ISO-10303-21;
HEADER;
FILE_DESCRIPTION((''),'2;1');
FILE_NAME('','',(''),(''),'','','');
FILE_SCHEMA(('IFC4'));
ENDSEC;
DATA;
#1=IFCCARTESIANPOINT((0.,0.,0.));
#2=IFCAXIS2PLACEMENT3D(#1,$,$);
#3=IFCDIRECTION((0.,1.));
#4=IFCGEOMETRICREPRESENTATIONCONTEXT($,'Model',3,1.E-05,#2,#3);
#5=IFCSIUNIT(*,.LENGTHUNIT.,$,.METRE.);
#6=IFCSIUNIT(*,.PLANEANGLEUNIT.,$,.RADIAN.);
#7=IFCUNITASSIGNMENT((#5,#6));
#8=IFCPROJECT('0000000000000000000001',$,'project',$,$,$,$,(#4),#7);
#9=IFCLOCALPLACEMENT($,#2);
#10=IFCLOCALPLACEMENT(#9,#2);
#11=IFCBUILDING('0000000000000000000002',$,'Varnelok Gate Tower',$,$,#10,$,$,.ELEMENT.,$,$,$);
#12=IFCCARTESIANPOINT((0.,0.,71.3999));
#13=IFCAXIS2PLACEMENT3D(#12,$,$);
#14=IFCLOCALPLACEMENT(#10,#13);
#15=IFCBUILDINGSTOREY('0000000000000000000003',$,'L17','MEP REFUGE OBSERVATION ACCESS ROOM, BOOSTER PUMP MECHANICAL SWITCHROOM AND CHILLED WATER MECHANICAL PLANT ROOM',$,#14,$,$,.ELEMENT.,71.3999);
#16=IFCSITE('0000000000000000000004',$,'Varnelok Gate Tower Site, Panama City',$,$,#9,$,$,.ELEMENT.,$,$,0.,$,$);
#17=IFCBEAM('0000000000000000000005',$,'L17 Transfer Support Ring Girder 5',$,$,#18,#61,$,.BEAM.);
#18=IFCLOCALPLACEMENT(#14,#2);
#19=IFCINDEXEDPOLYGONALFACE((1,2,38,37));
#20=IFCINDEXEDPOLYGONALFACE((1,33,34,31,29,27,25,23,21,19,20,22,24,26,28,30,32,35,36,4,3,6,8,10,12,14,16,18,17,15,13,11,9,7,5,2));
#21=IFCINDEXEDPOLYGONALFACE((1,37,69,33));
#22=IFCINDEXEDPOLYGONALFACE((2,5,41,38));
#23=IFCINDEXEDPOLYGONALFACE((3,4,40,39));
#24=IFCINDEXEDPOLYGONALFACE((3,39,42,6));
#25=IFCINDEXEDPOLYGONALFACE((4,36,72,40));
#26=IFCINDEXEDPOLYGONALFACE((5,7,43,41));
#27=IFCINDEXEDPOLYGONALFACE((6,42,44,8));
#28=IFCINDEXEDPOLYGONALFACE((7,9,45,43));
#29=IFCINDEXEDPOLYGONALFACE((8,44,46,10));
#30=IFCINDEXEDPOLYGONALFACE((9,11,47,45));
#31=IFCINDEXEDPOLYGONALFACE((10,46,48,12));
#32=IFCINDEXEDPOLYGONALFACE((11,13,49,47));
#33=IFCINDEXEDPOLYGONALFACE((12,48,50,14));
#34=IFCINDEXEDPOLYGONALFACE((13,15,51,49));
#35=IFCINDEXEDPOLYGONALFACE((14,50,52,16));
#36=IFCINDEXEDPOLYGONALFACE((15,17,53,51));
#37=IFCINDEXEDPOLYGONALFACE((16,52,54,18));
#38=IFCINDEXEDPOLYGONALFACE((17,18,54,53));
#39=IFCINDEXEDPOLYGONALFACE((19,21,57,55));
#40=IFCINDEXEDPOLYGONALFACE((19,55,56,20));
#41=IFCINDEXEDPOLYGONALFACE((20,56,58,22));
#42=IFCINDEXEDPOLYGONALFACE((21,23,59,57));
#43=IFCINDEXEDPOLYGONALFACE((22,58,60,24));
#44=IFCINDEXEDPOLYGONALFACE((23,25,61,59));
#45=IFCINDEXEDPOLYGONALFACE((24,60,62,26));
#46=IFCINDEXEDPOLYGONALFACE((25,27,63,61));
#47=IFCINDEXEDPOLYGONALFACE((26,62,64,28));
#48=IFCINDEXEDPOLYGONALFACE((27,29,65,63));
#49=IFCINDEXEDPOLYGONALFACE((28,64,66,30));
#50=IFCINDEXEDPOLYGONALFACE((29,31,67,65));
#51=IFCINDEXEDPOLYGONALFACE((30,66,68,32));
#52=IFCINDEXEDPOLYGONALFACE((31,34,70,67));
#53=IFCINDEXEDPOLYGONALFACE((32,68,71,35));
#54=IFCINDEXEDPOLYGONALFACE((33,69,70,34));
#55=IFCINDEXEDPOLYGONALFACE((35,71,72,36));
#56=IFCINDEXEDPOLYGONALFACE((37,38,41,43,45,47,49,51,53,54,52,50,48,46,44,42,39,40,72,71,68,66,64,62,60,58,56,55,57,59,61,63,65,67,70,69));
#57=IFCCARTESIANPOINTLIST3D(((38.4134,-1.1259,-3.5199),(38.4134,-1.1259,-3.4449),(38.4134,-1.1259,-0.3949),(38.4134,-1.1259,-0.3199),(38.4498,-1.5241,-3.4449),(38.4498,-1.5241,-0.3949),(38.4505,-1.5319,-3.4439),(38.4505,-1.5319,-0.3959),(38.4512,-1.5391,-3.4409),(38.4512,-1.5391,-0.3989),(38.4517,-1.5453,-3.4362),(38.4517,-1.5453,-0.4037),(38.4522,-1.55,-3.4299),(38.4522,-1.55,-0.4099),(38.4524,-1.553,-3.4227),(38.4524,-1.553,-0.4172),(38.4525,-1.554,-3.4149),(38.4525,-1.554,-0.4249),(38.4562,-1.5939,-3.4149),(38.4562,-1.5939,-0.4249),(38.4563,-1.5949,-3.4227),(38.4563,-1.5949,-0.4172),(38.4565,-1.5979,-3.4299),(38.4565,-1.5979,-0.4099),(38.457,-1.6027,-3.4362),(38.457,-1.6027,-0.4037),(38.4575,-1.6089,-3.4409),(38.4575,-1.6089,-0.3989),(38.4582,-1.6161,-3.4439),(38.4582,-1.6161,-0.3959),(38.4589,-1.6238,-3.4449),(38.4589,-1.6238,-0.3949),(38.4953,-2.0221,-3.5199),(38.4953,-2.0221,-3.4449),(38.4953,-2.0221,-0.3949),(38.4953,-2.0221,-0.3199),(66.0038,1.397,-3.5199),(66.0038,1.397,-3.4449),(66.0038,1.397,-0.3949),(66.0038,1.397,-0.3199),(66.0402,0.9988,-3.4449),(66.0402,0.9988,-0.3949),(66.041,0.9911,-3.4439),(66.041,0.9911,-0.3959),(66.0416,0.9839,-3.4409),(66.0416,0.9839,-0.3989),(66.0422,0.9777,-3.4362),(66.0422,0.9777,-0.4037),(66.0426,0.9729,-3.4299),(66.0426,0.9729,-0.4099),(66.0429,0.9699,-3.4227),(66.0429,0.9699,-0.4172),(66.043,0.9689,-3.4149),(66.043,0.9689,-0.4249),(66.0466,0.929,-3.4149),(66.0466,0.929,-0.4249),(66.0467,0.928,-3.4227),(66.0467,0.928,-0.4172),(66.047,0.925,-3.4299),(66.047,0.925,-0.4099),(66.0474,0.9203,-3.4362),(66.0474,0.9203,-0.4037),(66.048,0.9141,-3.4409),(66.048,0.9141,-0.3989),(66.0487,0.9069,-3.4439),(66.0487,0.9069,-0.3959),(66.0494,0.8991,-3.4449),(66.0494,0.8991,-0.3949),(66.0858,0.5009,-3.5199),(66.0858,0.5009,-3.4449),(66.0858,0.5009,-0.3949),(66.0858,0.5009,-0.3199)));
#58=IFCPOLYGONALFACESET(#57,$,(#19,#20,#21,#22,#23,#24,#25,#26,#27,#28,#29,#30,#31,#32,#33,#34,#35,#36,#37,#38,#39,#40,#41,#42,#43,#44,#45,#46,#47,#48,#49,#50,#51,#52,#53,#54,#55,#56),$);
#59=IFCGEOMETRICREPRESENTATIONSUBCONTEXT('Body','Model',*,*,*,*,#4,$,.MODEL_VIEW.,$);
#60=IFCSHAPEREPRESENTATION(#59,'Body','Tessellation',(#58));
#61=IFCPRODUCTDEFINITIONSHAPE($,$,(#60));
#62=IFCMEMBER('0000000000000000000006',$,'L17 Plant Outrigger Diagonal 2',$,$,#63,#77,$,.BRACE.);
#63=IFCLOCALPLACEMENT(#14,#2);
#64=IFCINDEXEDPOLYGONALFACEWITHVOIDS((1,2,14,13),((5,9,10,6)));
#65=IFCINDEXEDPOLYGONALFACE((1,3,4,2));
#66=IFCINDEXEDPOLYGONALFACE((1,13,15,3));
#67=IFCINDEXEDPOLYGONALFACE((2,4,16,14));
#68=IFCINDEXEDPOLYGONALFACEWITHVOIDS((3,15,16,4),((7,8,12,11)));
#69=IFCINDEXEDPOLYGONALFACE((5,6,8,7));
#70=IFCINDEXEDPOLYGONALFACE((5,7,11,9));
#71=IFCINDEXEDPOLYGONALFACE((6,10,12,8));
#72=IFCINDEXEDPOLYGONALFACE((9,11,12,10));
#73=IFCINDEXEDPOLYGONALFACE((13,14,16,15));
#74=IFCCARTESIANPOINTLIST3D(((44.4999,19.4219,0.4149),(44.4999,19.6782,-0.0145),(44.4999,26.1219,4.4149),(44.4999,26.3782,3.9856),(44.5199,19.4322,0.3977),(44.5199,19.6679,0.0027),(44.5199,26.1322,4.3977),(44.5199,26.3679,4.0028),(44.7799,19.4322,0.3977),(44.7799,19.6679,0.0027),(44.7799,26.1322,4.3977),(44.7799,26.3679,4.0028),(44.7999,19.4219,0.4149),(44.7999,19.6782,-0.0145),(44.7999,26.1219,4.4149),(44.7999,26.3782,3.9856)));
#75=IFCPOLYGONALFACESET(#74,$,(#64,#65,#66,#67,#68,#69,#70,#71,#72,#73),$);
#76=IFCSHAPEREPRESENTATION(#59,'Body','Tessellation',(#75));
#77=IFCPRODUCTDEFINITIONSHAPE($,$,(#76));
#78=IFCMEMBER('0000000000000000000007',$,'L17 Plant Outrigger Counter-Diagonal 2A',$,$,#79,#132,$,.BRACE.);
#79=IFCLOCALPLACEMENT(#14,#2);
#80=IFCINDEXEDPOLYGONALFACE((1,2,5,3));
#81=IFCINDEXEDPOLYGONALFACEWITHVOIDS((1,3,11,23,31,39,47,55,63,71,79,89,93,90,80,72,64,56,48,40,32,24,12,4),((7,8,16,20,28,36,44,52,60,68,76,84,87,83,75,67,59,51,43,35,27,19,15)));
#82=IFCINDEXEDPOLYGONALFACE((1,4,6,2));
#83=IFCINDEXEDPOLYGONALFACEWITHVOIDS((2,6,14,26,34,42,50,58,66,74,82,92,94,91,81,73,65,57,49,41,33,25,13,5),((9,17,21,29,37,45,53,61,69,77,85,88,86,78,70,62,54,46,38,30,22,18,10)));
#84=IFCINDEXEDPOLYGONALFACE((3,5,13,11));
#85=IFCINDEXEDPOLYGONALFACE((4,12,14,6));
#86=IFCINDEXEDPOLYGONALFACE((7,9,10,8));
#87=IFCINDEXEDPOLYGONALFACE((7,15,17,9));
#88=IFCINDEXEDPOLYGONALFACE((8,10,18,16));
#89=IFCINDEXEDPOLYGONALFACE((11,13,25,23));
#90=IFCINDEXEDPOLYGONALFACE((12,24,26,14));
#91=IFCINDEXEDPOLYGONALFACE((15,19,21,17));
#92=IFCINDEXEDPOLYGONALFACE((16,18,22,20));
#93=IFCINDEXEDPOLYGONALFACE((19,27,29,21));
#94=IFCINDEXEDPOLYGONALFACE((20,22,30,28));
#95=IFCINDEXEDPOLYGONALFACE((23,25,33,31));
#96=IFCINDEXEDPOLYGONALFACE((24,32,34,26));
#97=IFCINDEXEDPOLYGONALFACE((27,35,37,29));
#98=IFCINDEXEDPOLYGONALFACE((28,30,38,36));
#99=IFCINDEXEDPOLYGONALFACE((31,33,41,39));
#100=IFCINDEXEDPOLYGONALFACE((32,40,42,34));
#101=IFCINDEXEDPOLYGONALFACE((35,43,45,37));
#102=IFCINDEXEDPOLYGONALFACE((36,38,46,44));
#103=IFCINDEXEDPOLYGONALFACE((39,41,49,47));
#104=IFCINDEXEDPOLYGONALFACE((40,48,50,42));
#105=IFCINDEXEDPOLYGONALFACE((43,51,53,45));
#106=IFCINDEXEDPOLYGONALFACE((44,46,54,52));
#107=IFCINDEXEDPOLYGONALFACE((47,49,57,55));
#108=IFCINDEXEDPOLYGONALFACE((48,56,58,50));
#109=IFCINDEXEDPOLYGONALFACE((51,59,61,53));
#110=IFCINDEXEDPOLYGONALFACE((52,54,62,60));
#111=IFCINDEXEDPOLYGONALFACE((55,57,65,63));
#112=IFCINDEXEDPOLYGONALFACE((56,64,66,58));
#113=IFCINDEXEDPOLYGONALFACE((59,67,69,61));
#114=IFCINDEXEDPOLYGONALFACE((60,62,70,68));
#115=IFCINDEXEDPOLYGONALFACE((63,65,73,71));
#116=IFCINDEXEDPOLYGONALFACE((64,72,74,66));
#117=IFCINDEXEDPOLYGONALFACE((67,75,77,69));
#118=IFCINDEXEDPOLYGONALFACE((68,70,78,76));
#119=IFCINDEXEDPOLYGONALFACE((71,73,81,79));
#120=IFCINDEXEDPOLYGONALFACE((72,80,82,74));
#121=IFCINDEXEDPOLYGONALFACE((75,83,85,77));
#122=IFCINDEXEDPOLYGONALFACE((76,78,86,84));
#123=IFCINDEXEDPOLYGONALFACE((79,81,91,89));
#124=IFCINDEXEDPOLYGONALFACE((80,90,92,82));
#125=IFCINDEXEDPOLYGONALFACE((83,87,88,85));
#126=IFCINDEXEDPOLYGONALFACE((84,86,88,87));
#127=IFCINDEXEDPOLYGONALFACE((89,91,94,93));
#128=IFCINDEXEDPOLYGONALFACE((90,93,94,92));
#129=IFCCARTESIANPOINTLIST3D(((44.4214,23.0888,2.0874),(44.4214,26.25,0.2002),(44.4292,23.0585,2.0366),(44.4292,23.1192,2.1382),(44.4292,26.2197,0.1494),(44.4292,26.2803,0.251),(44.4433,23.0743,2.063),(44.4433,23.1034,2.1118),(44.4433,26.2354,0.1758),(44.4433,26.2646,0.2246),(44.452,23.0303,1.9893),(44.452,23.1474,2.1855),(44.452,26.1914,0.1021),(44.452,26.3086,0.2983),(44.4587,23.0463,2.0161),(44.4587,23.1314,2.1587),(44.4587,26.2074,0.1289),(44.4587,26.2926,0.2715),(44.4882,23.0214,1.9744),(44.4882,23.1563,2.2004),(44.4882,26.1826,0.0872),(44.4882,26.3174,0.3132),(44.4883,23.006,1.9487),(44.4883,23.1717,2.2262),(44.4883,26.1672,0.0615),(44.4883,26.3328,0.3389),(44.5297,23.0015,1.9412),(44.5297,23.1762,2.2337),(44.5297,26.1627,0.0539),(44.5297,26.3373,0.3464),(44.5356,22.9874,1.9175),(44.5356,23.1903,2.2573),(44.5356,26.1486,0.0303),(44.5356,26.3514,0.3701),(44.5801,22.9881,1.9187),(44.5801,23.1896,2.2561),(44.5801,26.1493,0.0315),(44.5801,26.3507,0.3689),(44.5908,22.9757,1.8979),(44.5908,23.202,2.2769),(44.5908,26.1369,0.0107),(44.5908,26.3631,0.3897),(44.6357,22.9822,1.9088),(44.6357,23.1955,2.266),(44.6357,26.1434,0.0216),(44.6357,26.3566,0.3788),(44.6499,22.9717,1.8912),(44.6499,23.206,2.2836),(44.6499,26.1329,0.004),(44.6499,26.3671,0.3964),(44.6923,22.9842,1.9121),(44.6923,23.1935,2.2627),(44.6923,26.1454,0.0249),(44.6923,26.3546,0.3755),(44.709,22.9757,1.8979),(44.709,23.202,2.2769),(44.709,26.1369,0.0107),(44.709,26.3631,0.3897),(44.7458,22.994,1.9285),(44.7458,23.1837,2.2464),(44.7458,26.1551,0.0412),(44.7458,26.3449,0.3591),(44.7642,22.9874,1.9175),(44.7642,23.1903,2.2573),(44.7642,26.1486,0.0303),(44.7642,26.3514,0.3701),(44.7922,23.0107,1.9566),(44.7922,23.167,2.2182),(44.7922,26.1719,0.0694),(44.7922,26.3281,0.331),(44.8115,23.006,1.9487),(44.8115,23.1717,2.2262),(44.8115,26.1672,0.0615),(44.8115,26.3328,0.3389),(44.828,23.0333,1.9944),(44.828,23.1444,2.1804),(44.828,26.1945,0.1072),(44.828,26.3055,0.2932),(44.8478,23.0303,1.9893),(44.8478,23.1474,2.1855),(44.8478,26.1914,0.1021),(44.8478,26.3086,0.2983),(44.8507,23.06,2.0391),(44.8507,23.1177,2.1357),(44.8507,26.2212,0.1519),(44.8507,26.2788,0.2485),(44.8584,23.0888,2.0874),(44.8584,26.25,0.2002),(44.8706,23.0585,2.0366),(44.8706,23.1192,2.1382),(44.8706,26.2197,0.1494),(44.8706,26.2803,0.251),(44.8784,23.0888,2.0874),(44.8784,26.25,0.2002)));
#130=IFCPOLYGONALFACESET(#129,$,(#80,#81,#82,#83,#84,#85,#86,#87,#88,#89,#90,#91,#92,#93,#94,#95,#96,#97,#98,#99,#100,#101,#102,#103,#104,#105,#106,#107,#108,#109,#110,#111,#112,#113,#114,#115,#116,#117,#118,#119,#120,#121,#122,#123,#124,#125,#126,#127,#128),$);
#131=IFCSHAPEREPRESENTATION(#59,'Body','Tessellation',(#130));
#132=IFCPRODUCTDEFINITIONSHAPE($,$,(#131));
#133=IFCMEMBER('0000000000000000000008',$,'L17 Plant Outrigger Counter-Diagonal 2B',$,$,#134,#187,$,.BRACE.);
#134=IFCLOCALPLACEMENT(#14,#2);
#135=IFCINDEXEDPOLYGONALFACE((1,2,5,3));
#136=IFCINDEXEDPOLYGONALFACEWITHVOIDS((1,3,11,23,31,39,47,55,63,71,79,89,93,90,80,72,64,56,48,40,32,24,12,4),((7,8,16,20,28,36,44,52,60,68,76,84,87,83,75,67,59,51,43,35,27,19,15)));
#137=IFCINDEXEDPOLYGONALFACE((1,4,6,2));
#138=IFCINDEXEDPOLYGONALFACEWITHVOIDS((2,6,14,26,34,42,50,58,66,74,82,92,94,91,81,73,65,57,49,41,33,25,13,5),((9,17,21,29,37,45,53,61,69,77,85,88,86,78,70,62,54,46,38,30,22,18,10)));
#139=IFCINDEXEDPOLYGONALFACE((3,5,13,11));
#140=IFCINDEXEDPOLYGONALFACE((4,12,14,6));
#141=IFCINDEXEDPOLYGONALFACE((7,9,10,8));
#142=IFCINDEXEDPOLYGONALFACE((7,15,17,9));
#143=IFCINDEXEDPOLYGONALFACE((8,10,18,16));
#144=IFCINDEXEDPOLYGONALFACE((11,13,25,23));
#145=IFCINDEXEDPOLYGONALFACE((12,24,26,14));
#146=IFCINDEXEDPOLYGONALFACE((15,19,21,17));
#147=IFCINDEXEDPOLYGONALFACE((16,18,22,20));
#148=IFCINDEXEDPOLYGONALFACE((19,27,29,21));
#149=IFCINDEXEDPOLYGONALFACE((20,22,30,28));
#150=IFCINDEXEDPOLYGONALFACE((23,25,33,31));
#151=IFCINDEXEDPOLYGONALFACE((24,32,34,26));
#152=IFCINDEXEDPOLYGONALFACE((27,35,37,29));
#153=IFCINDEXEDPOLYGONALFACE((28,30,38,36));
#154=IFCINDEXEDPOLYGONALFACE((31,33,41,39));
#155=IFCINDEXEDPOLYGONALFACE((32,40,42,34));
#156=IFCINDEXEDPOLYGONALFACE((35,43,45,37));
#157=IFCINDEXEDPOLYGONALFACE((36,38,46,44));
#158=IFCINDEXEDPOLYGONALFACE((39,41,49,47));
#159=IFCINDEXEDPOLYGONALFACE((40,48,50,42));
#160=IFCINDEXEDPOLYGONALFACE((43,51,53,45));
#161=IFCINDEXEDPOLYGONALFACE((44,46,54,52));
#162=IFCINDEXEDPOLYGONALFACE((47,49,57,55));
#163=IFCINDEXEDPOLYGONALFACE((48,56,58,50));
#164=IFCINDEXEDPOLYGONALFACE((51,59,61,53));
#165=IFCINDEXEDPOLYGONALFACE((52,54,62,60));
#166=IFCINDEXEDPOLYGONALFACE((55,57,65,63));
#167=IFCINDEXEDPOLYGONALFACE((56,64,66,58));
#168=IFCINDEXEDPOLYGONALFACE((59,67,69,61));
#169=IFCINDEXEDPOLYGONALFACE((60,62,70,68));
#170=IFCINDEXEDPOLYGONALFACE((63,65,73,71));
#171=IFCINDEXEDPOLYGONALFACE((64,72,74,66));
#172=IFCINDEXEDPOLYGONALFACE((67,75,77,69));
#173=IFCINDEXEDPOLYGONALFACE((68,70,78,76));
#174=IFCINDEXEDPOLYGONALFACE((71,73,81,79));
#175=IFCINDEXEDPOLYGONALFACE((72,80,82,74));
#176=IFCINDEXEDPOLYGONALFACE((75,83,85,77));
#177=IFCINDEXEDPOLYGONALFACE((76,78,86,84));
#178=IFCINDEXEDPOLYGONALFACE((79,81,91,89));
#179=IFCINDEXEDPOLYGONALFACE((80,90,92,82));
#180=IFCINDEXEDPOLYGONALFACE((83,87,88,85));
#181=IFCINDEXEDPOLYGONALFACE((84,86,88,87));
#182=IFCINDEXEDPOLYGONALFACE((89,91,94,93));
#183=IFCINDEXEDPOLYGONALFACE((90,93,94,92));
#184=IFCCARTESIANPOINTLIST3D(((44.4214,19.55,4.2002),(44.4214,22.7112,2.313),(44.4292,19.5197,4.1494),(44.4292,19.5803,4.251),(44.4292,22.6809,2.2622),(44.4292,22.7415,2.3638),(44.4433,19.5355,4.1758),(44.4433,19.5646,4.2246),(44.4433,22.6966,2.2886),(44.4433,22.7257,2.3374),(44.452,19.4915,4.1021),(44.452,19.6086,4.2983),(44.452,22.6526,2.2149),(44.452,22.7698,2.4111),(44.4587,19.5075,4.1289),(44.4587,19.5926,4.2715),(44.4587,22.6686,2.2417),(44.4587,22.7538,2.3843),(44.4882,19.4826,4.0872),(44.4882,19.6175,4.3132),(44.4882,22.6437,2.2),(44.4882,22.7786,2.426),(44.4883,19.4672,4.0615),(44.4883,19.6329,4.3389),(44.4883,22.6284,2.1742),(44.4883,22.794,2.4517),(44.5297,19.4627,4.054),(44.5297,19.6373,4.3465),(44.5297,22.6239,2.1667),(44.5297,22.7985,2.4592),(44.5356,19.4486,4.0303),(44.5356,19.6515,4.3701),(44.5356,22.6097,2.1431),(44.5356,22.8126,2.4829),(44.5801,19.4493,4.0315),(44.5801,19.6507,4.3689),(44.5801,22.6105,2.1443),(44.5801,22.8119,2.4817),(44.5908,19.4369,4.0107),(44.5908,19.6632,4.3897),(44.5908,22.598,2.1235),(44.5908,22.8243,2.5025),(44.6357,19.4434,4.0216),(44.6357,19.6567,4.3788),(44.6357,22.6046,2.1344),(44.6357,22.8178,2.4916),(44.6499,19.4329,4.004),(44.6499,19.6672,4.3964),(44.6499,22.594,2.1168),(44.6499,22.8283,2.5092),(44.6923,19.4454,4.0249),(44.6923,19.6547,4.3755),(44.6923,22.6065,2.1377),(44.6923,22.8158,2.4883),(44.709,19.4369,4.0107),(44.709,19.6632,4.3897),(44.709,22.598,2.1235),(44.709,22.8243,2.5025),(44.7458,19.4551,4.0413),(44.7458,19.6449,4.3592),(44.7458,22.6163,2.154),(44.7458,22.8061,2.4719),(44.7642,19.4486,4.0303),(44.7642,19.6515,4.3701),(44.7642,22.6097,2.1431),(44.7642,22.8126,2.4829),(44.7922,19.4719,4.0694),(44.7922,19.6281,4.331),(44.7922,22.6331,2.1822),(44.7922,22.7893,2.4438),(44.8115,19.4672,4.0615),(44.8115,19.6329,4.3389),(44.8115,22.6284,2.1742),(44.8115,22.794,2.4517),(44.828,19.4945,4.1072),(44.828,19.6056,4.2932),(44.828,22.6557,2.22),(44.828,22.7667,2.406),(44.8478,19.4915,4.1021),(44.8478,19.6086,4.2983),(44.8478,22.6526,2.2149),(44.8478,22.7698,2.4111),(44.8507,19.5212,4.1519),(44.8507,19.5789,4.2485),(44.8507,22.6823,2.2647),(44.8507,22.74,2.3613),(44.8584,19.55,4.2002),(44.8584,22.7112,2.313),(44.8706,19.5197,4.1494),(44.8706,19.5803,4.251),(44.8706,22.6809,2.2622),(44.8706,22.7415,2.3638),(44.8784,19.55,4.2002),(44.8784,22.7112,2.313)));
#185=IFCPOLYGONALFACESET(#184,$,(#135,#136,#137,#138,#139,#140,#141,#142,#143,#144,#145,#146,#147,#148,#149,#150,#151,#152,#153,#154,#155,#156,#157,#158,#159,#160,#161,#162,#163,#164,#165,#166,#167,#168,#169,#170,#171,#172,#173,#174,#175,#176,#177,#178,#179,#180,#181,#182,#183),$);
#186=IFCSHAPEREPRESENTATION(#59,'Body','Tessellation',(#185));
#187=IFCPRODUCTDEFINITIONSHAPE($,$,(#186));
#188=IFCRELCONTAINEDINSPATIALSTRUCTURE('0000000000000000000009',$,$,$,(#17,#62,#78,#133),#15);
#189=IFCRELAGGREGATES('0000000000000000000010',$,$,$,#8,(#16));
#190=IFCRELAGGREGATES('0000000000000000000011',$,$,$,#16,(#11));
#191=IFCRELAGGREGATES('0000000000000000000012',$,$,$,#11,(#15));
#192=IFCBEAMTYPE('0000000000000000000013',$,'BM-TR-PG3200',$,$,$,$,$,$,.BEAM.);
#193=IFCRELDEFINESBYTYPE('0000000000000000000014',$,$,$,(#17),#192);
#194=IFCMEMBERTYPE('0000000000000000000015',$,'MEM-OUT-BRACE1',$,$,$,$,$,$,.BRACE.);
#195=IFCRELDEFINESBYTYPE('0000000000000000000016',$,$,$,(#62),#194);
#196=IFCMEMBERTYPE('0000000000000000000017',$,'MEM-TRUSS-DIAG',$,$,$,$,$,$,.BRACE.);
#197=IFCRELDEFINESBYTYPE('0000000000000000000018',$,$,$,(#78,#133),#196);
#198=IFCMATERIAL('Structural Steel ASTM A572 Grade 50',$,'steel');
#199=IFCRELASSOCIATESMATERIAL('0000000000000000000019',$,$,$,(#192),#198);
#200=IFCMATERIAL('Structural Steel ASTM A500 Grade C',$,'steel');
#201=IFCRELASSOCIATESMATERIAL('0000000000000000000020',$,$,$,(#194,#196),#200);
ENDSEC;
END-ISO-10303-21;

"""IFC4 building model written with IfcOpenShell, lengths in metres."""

from ifc_helpers import new_model, si_unit, direction, frame, origin, origin_2d, place, context, subcontext, project, spatial, hollow_rectangle, hollow_circle, i_section, extrude, material, material_profile, profile_set, type_object, element, save


model = new_model("IFC4")

# Units and contexts
model_context = context("Model", 3, precision=1e-05, world=origin(), true_north=direction((0.0, 1.0)))
body_context = subcontext(model_context, "Body", "Model", "MODEL_VIEW")
ifc_project = project(units=[si_unit("LENGTHUNIT", "METRE"), si_unit("PLANEANGLEUNIT", "RADIAN")], contexts=[model_context])

# Site, building, storey
site_placement = place(None, origin())
site = spatial("IfcSite", under=ifc_project, at=site_placement, Name="Varnelok Gate Tower Site, Panama City", CompositionType="ELEMENT", RefElevation=0.0)
building_placement = place(site_placement, origin())
building = spatial("IfcBuilding", under=site, at=building_placement, Name="Varnelok Gate Tower", CompositionType="ELEMENT")
storey_placement = place(building_placement, frame((0.0, 0.0, 71.3999)))
storey = spatial("IfcBuildingStorey", under=building, at=storey_placement, Name="L17", Description="MEP REFUGE OBSERVATION ACCESS ROOM, BOOSTER PUMP MECHANICAL SWITCHROOM AND CHILLED WATER MECHANICAL PLANT ROOM", CompositionType="ELEMENT", Elevation=71.3999)

# Beam
ifc_material_1 = material(Name="Structural Steel ASTM A572 Grade 50", Category="steel")
ifc_material_profile_1 = material_profile(ifc_material_1, i_section(OverallWidth=0.8999, OverallDepth=3.2, WebThickness=0.04, FlangeThickness=0.075, FilletRadius=0.03, at=origin_2d()), Name="PG3200X900")
ifc_profile_set_1 = profile_set([ifc_material_profile_1], Name="Structural Steel ASTM A572 Grade 50")
beam_type_1 = type_object("IfcBeamType", Name="BM-TR-PG3200", PredefinedType="BEAM", material=ifc_profile_set_1)
beam_1_placement = place(storey_placement, frame((38.4543, -1.574, -1.9199), z_axis=(0.995845, 0.091062, 0.0), x_axis=(-0.091062, 0.995845, 0.0)))
element("IfcBeam", 1, at=beam_1_placement, inside=storey, type_object=beam_type_1, Name="L17 Transfer Support Ring Girder 5", PredefinedType="BEAM", context=body_context, shape_type="SweptSolid", body=[
    extrude(i_section(OverallWidth=0.8999, OverallDepth=3.2, WebThickness=0.04, FlangeThickness=0.075, FilletRadius=0.03, at=origin_2d()), origin(), (0.0, 0.0, 1.0), 27.7056),
])

# Members
ifc_material_2 = material(Name="Structural Steel ASTM A500 Grade C", Category="steel")
ifc_material_profile_2 = material_profile(ifc_material_2, hollow_rectangle(XDim=0.3, YDim=0.5, WallThickness=0.02, at=origin_2d()), Name="HSS500X300X20")
ifc_profile_set_2 = profile_set([ifc_material_profile_2], Name="Structural Steel ASTM A500 Grade C")
member_type_1 = type_object("IfcMemberType", Name="MEM-OUT-BRACE1", PredefinedType="BRACE", material=ifc_profile_set_2)
member_placement = place(storey_placement, frame((44.6499, 19.55, 0.2002), z_axis=(0.0, 0.85862, 0.512613), x_axis=(-1.0, 0.0, 0.0)))
element("IfcMember", 2, at=member_placement, inside=storey, type_object=member_type_1, Name="L17 Plant Outrigger Diagonal 2", PredefinedType="BRACE", context=body_context, shape_type="SweptSolid", body=[
    extrude(hollow_rectangle(XDim=0.3, YDim=0.5, WallThickness=0.02, at=origin_2d()), origin(), (0.0, 0.0, 1.0), 7.8032),
])
ifc_material_profile_3 = material_profile(ifc_material_2, hollow_circle(Radius=0.2285, WallThickness=0.02, at=origin_2d()), Name="CHS457X20")
ifc_profile_set_3 = profile_set([ifc_material_profile_3], Name="Structural Steel ASTM A500 Grade C")
member_type_2 = type_object("IfcMemberType", Name="MEM-TRUSS-DIAG", PredefinedType="BRACE", material=ifc_profile_set_3)
for number, where, z_axis, x_axis, name in (
    (3, (44.6499, 26.25, 0.2002), (0.0, -0.858626, 0.512603), (1.0, 0.0, 0.0), "L17 Plant Outrigger Counter-Diagonal 2A"),
    (4, (44.6499, 22.7112, 2.313), (0.0, -0.858626, 0.512603), (1.0, 0.0, 0.0), "L17 Plant Outrigger Counter-Diagonal 2B"),
):
    element("IfcMember", number, at=place(storey_placement, frame(where, z_axis=z_axis, x_axis=x_axis)), inside=storey, type_object=member_type_2, Name=name, PredefinedType="BRACE", context=body_context, shape_type="SweptSolid", body=[
        extrude(hollow_circle(Radius=0.2285, WallThickness=0.02, at=origin_2d()), origin(), (0.0, 0.0, 1.0), 3.6816),
    ])

save(model, "model.ifc")
